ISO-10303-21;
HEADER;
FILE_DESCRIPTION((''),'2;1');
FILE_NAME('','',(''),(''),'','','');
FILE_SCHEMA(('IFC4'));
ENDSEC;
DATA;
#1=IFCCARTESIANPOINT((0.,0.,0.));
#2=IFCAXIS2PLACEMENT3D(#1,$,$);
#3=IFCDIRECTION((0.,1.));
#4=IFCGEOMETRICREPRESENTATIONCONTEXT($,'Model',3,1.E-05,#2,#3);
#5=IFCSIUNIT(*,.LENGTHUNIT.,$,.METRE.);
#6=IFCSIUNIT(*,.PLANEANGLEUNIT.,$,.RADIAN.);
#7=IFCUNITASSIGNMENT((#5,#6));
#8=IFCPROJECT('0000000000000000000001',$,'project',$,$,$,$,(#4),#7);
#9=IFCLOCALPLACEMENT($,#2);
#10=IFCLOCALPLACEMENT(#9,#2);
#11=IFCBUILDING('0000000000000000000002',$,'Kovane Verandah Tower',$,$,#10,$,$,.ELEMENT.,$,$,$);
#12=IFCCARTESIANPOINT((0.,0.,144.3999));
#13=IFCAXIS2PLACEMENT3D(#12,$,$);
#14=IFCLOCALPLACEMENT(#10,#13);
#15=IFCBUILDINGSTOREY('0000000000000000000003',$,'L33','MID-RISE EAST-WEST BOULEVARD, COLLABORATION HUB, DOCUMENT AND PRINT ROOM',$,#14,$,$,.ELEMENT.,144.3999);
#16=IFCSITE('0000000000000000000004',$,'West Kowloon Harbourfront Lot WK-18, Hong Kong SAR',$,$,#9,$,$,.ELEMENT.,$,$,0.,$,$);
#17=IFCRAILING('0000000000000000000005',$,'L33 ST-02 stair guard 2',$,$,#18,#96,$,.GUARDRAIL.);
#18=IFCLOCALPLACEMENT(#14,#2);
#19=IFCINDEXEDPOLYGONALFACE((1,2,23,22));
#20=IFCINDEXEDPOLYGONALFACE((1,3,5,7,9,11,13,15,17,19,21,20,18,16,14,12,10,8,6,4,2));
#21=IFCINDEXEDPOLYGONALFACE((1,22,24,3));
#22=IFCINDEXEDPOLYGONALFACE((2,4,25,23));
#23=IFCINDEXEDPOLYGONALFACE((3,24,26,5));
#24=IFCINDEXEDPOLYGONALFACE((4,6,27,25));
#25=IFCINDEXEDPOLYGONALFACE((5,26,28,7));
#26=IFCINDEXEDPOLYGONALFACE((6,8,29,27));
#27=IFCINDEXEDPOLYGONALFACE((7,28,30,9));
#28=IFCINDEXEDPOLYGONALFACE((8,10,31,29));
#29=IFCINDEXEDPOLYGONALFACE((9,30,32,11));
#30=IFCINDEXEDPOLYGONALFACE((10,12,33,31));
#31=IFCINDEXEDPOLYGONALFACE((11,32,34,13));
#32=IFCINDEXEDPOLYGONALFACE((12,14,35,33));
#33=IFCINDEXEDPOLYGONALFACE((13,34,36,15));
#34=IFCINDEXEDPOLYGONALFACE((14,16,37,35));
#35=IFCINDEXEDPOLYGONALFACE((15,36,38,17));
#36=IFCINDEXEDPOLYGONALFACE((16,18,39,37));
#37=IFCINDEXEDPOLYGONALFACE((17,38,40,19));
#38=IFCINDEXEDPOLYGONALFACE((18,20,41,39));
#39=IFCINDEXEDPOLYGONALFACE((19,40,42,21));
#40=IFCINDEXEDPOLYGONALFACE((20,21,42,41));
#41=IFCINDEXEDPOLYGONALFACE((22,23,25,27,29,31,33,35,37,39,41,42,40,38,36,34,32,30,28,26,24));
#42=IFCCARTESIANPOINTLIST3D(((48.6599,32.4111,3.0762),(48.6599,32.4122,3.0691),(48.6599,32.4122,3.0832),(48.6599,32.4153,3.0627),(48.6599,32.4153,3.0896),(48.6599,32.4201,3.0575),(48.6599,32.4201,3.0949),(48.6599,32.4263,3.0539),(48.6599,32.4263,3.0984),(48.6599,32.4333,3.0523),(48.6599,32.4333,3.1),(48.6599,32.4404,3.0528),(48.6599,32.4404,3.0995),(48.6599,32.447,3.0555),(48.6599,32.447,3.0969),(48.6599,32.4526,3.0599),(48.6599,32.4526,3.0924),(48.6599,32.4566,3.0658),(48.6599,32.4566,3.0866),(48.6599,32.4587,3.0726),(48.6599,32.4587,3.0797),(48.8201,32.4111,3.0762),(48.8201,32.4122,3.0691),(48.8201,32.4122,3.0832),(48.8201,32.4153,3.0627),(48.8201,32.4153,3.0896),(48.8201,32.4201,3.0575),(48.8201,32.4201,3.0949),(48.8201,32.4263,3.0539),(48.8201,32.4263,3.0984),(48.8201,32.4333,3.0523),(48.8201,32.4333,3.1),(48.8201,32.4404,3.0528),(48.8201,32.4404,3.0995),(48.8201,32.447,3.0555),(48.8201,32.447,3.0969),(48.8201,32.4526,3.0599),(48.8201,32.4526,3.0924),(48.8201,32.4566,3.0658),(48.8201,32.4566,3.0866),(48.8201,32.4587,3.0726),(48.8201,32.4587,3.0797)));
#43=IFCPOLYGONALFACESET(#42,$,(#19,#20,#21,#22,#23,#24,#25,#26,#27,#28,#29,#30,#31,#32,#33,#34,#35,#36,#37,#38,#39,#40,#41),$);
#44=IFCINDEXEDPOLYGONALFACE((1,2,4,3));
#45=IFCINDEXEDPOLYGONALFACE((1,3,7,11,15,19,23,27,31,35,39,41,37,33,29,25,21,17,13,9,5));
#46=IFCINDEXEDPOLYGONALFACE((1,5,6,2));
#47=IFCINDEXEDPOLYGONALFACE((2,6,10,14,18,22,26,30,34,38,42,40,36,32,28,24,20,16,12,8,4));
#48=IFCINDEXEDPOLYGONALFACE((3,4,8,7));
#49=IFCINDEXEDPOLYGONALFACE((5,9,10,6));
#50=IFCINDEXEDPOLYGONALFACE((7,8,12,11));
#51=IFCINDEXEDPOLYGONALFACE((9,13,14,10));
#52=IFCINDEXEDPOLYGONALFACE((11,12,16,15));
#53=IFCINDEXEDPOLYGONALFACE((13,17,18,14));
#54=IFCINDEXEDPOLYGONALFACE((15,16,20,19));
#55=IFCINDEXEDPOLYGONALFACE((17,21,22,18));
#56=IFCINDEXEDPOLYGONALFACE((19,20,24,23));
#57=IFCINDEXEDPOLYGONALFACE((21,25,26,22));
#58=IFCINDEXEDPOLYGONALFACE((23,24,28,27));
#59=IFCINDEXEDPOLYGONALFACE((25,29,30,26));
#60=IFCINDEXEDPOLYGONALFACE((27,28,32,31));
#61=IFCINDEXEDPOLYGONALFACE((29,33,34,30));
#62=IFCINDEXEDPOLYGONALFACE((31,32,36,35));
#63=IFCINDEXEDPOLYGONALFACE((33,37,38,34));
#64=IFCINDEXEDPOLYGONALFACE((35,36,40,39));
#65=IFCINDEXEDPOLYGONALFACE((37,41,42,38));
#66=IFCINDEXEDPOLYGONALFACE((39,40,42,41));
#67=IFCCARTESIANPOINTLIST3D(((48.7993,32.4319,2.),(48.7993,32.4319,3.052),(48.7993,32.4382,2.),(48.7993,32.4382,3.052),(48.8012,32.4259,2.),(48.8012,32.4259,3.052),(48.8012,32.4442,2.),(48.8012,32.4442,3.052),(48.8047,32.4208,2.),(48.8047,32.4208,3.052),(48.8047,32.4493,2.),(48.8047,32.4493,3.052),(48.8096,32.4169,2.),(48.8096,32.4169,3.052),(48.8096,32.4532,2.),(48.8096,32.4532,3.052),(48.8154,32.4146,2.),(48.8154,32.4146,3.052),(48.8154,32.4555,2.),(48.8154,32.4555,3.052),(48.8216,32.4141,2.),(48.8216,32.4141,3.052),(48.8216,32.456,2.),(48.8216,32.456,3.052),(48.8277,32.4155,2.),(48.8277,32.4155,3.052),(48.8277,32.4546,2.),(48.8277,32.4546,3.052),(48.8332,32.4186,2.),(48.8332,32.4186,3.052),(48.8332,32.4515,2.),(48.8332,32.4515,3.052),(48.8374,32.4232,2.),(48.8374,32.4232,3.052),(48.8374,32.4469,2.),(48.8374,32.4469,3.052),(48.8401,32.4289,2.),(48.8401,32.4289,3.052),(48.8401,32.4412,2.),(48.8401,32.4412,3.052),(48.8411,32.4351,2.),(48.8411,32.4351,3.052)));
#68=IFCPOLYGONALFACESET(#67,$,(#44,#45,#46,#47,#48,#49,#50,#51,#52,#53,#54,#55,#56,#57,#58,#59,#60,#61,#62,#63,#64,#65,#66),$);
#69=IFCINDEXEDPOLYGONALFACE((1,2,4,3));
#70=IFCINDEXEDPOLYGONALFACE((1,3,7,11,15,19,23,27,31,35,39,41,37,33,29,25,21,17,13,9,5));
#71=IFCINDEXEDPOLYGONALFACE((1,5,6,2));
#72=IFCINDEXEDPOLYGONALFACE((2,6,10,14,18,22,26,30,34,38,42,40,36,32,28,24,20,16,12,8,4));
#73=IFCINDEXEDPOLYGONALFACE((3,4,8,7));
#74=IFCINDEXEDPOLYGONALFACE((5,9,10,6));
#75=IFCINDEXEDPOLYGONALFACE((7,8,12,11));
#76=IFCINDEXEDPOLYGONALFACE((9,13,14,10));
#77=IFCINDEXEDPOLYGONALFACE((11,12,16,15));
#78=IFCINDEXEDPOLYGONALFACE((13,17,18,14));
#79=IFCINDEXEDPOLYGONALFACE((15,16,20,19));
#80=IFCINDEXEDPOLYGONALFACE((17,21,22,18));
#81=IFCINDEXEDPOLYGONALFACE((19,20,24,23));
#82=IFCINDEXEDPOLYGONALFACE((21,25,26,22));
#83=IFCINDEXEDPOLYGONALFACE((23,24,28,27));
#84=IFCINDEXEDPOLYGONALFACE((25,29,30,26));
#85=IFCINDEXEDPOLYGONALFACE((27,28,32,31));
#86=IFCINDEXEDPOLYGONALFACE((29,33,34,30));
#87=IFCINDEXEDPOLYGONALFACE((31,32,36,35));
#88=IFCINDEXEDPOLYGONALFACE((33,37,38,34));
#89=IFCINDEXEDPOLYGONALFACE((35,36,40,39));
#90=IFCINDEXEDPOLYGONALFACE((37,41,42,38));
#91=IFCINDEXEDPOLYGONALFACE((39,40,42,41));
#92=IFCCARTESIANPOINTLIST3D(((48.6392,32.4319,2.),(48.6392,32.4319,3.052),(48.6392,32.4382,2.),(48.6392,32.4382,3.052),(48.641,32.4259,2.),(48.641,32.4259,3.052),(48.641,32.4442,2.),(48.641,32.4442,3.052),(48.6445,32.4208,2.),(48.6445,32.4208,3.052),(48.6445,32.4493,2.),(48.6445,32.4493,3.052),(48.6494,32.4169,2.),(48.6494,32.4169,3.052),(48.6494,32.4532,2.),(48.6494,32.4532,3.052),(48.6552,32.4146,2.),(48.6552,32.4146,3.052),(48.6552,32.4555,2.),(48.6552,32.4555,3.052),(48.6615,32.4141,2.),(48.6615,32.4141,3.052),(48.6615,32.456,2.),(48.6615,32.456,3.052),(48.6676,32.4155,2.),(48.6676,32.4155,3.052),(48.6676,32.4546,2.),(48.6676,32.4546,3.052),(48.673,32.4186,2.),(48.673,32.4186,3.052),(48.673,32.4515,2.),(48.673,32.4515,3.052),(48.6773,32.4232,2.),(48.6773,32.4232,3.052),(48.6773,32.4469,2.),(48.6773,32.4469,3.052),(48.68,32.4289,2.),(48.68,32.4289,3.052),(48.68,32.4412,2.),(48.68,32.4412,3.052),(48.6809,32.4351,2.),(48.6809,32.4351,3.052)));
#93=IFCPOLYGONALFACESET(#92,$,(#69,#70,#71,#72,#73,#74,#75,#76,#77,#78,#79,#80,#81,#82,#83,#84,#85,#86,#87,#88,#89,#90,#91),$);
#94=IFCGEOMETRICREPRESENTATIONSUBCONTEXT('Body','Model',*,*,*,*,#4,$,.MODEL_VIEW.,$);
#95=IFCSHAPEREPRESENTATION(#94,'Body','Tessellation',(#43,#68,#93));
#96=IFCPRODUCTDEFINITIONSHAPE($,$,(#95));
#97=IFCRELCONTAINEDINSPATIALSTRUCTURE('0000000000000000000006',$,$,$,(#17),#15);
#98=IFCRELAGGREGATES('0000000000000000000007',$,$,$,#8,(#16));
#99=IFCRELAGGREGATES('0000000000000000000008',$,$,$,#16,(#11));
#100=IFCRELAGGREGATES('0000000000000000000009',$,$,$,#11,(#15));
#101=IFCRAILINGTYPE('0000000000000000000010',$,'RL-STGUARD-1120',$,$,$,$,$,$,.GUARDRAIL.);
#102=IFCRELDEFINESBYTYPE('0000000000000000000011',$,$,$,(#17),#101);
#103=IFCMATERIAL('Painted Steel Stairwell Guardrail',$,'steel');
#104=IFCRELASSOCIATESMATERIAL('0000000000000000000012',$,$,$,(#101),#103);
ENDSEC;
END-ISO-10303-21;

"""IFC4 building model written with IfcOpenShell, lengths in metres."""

from ifc_helpers import new_model, si_unit, direction, frame, origin, origin_2d, place, context, subcontext, project, spatial, circle, extrude, material, type_object, element, save


model = new_model("IFC4")

# Units and contexts
model_context = context("Model", 3, precision=1e-05, world=origin(), true_north=direction((0.0, 1.0)))
body_context = subcontext(model_context, "Body", "Model", "MODEL_VIEW")
ifc_project = project(units=[si_unit("LENGTHUNIT", "METRE"), si_unit("PLANEANGLEUNIT", "RADIAN")], contexts=[model_context])

# Site, building, storey
site_placement = place(None, origin())
site = spatial("IfcSite", under=ifc_project, at=site_placement, Name="West Kowloon Harbourfront Lot WK-18, Hong Kong SAR", CompositionType="ELEMENT", RefElevation=0.0)
building_placement = place(site_placement, origin())
building = spatial("IfcBuilding", under=site, at=building_placement, Name="Kovane Verandah Tower", CompositionType="ELEMENT")
storey_placement = place(building_placement, frame((0.0, 0.0, 144.3999)))
storey = spatial("IfcBuildingStorey", under=building, at=storey_placement, Name="L33", Description="MID-RISE EAST-WEST BOULEVARD, COLLABORATION HUB, DOCUMENT AND PRINT ROOM", CompositionType="ELEMENT", Elevation=144.3999)

# Railing
ifc_material_1 = material(Name="Painted Steel Stairwell Guardrail", Category="steel")
railing_type_1 = type_object("IfcRailingType", Name="RL-STGUARD-1120", PredefinedType="GUARDRAIL", material=ifc_material_1)
railing_1_placement = place(storey_placement, frame((48.8201, 32.4351, 2.0)))
element("IfcRailing", 1, at=railing_1_placement, inside=storey, type_object=railing_type_1, Name="L33 ST-02 stair guard 2", PredefinedType="GUARDRAIL", context=body_context, shape_type="SweptSolid", body=[
    extrude(circle(Radius=0.0239, at=origin_2d()), frame((0.0, 0.0, 1.0762), z_axis=(-1.0, 0.0, 0.0), x_axis=(0.0, -1.0, 0.0)), (0.0, 0.0, 1.0), 0.1602),
    extrude(circle(Radius=0.021, at=origin_2d()), origin(), (0.0, 0.0, 1.0), 1.052),
    extrude(circle(Radius=0.021, at=origin_2d()), frame((-0.1602, 0.0, 0.0)), (0.0, 0.0, 1.0), 1.052),
])

save(model, "model.ifc")
